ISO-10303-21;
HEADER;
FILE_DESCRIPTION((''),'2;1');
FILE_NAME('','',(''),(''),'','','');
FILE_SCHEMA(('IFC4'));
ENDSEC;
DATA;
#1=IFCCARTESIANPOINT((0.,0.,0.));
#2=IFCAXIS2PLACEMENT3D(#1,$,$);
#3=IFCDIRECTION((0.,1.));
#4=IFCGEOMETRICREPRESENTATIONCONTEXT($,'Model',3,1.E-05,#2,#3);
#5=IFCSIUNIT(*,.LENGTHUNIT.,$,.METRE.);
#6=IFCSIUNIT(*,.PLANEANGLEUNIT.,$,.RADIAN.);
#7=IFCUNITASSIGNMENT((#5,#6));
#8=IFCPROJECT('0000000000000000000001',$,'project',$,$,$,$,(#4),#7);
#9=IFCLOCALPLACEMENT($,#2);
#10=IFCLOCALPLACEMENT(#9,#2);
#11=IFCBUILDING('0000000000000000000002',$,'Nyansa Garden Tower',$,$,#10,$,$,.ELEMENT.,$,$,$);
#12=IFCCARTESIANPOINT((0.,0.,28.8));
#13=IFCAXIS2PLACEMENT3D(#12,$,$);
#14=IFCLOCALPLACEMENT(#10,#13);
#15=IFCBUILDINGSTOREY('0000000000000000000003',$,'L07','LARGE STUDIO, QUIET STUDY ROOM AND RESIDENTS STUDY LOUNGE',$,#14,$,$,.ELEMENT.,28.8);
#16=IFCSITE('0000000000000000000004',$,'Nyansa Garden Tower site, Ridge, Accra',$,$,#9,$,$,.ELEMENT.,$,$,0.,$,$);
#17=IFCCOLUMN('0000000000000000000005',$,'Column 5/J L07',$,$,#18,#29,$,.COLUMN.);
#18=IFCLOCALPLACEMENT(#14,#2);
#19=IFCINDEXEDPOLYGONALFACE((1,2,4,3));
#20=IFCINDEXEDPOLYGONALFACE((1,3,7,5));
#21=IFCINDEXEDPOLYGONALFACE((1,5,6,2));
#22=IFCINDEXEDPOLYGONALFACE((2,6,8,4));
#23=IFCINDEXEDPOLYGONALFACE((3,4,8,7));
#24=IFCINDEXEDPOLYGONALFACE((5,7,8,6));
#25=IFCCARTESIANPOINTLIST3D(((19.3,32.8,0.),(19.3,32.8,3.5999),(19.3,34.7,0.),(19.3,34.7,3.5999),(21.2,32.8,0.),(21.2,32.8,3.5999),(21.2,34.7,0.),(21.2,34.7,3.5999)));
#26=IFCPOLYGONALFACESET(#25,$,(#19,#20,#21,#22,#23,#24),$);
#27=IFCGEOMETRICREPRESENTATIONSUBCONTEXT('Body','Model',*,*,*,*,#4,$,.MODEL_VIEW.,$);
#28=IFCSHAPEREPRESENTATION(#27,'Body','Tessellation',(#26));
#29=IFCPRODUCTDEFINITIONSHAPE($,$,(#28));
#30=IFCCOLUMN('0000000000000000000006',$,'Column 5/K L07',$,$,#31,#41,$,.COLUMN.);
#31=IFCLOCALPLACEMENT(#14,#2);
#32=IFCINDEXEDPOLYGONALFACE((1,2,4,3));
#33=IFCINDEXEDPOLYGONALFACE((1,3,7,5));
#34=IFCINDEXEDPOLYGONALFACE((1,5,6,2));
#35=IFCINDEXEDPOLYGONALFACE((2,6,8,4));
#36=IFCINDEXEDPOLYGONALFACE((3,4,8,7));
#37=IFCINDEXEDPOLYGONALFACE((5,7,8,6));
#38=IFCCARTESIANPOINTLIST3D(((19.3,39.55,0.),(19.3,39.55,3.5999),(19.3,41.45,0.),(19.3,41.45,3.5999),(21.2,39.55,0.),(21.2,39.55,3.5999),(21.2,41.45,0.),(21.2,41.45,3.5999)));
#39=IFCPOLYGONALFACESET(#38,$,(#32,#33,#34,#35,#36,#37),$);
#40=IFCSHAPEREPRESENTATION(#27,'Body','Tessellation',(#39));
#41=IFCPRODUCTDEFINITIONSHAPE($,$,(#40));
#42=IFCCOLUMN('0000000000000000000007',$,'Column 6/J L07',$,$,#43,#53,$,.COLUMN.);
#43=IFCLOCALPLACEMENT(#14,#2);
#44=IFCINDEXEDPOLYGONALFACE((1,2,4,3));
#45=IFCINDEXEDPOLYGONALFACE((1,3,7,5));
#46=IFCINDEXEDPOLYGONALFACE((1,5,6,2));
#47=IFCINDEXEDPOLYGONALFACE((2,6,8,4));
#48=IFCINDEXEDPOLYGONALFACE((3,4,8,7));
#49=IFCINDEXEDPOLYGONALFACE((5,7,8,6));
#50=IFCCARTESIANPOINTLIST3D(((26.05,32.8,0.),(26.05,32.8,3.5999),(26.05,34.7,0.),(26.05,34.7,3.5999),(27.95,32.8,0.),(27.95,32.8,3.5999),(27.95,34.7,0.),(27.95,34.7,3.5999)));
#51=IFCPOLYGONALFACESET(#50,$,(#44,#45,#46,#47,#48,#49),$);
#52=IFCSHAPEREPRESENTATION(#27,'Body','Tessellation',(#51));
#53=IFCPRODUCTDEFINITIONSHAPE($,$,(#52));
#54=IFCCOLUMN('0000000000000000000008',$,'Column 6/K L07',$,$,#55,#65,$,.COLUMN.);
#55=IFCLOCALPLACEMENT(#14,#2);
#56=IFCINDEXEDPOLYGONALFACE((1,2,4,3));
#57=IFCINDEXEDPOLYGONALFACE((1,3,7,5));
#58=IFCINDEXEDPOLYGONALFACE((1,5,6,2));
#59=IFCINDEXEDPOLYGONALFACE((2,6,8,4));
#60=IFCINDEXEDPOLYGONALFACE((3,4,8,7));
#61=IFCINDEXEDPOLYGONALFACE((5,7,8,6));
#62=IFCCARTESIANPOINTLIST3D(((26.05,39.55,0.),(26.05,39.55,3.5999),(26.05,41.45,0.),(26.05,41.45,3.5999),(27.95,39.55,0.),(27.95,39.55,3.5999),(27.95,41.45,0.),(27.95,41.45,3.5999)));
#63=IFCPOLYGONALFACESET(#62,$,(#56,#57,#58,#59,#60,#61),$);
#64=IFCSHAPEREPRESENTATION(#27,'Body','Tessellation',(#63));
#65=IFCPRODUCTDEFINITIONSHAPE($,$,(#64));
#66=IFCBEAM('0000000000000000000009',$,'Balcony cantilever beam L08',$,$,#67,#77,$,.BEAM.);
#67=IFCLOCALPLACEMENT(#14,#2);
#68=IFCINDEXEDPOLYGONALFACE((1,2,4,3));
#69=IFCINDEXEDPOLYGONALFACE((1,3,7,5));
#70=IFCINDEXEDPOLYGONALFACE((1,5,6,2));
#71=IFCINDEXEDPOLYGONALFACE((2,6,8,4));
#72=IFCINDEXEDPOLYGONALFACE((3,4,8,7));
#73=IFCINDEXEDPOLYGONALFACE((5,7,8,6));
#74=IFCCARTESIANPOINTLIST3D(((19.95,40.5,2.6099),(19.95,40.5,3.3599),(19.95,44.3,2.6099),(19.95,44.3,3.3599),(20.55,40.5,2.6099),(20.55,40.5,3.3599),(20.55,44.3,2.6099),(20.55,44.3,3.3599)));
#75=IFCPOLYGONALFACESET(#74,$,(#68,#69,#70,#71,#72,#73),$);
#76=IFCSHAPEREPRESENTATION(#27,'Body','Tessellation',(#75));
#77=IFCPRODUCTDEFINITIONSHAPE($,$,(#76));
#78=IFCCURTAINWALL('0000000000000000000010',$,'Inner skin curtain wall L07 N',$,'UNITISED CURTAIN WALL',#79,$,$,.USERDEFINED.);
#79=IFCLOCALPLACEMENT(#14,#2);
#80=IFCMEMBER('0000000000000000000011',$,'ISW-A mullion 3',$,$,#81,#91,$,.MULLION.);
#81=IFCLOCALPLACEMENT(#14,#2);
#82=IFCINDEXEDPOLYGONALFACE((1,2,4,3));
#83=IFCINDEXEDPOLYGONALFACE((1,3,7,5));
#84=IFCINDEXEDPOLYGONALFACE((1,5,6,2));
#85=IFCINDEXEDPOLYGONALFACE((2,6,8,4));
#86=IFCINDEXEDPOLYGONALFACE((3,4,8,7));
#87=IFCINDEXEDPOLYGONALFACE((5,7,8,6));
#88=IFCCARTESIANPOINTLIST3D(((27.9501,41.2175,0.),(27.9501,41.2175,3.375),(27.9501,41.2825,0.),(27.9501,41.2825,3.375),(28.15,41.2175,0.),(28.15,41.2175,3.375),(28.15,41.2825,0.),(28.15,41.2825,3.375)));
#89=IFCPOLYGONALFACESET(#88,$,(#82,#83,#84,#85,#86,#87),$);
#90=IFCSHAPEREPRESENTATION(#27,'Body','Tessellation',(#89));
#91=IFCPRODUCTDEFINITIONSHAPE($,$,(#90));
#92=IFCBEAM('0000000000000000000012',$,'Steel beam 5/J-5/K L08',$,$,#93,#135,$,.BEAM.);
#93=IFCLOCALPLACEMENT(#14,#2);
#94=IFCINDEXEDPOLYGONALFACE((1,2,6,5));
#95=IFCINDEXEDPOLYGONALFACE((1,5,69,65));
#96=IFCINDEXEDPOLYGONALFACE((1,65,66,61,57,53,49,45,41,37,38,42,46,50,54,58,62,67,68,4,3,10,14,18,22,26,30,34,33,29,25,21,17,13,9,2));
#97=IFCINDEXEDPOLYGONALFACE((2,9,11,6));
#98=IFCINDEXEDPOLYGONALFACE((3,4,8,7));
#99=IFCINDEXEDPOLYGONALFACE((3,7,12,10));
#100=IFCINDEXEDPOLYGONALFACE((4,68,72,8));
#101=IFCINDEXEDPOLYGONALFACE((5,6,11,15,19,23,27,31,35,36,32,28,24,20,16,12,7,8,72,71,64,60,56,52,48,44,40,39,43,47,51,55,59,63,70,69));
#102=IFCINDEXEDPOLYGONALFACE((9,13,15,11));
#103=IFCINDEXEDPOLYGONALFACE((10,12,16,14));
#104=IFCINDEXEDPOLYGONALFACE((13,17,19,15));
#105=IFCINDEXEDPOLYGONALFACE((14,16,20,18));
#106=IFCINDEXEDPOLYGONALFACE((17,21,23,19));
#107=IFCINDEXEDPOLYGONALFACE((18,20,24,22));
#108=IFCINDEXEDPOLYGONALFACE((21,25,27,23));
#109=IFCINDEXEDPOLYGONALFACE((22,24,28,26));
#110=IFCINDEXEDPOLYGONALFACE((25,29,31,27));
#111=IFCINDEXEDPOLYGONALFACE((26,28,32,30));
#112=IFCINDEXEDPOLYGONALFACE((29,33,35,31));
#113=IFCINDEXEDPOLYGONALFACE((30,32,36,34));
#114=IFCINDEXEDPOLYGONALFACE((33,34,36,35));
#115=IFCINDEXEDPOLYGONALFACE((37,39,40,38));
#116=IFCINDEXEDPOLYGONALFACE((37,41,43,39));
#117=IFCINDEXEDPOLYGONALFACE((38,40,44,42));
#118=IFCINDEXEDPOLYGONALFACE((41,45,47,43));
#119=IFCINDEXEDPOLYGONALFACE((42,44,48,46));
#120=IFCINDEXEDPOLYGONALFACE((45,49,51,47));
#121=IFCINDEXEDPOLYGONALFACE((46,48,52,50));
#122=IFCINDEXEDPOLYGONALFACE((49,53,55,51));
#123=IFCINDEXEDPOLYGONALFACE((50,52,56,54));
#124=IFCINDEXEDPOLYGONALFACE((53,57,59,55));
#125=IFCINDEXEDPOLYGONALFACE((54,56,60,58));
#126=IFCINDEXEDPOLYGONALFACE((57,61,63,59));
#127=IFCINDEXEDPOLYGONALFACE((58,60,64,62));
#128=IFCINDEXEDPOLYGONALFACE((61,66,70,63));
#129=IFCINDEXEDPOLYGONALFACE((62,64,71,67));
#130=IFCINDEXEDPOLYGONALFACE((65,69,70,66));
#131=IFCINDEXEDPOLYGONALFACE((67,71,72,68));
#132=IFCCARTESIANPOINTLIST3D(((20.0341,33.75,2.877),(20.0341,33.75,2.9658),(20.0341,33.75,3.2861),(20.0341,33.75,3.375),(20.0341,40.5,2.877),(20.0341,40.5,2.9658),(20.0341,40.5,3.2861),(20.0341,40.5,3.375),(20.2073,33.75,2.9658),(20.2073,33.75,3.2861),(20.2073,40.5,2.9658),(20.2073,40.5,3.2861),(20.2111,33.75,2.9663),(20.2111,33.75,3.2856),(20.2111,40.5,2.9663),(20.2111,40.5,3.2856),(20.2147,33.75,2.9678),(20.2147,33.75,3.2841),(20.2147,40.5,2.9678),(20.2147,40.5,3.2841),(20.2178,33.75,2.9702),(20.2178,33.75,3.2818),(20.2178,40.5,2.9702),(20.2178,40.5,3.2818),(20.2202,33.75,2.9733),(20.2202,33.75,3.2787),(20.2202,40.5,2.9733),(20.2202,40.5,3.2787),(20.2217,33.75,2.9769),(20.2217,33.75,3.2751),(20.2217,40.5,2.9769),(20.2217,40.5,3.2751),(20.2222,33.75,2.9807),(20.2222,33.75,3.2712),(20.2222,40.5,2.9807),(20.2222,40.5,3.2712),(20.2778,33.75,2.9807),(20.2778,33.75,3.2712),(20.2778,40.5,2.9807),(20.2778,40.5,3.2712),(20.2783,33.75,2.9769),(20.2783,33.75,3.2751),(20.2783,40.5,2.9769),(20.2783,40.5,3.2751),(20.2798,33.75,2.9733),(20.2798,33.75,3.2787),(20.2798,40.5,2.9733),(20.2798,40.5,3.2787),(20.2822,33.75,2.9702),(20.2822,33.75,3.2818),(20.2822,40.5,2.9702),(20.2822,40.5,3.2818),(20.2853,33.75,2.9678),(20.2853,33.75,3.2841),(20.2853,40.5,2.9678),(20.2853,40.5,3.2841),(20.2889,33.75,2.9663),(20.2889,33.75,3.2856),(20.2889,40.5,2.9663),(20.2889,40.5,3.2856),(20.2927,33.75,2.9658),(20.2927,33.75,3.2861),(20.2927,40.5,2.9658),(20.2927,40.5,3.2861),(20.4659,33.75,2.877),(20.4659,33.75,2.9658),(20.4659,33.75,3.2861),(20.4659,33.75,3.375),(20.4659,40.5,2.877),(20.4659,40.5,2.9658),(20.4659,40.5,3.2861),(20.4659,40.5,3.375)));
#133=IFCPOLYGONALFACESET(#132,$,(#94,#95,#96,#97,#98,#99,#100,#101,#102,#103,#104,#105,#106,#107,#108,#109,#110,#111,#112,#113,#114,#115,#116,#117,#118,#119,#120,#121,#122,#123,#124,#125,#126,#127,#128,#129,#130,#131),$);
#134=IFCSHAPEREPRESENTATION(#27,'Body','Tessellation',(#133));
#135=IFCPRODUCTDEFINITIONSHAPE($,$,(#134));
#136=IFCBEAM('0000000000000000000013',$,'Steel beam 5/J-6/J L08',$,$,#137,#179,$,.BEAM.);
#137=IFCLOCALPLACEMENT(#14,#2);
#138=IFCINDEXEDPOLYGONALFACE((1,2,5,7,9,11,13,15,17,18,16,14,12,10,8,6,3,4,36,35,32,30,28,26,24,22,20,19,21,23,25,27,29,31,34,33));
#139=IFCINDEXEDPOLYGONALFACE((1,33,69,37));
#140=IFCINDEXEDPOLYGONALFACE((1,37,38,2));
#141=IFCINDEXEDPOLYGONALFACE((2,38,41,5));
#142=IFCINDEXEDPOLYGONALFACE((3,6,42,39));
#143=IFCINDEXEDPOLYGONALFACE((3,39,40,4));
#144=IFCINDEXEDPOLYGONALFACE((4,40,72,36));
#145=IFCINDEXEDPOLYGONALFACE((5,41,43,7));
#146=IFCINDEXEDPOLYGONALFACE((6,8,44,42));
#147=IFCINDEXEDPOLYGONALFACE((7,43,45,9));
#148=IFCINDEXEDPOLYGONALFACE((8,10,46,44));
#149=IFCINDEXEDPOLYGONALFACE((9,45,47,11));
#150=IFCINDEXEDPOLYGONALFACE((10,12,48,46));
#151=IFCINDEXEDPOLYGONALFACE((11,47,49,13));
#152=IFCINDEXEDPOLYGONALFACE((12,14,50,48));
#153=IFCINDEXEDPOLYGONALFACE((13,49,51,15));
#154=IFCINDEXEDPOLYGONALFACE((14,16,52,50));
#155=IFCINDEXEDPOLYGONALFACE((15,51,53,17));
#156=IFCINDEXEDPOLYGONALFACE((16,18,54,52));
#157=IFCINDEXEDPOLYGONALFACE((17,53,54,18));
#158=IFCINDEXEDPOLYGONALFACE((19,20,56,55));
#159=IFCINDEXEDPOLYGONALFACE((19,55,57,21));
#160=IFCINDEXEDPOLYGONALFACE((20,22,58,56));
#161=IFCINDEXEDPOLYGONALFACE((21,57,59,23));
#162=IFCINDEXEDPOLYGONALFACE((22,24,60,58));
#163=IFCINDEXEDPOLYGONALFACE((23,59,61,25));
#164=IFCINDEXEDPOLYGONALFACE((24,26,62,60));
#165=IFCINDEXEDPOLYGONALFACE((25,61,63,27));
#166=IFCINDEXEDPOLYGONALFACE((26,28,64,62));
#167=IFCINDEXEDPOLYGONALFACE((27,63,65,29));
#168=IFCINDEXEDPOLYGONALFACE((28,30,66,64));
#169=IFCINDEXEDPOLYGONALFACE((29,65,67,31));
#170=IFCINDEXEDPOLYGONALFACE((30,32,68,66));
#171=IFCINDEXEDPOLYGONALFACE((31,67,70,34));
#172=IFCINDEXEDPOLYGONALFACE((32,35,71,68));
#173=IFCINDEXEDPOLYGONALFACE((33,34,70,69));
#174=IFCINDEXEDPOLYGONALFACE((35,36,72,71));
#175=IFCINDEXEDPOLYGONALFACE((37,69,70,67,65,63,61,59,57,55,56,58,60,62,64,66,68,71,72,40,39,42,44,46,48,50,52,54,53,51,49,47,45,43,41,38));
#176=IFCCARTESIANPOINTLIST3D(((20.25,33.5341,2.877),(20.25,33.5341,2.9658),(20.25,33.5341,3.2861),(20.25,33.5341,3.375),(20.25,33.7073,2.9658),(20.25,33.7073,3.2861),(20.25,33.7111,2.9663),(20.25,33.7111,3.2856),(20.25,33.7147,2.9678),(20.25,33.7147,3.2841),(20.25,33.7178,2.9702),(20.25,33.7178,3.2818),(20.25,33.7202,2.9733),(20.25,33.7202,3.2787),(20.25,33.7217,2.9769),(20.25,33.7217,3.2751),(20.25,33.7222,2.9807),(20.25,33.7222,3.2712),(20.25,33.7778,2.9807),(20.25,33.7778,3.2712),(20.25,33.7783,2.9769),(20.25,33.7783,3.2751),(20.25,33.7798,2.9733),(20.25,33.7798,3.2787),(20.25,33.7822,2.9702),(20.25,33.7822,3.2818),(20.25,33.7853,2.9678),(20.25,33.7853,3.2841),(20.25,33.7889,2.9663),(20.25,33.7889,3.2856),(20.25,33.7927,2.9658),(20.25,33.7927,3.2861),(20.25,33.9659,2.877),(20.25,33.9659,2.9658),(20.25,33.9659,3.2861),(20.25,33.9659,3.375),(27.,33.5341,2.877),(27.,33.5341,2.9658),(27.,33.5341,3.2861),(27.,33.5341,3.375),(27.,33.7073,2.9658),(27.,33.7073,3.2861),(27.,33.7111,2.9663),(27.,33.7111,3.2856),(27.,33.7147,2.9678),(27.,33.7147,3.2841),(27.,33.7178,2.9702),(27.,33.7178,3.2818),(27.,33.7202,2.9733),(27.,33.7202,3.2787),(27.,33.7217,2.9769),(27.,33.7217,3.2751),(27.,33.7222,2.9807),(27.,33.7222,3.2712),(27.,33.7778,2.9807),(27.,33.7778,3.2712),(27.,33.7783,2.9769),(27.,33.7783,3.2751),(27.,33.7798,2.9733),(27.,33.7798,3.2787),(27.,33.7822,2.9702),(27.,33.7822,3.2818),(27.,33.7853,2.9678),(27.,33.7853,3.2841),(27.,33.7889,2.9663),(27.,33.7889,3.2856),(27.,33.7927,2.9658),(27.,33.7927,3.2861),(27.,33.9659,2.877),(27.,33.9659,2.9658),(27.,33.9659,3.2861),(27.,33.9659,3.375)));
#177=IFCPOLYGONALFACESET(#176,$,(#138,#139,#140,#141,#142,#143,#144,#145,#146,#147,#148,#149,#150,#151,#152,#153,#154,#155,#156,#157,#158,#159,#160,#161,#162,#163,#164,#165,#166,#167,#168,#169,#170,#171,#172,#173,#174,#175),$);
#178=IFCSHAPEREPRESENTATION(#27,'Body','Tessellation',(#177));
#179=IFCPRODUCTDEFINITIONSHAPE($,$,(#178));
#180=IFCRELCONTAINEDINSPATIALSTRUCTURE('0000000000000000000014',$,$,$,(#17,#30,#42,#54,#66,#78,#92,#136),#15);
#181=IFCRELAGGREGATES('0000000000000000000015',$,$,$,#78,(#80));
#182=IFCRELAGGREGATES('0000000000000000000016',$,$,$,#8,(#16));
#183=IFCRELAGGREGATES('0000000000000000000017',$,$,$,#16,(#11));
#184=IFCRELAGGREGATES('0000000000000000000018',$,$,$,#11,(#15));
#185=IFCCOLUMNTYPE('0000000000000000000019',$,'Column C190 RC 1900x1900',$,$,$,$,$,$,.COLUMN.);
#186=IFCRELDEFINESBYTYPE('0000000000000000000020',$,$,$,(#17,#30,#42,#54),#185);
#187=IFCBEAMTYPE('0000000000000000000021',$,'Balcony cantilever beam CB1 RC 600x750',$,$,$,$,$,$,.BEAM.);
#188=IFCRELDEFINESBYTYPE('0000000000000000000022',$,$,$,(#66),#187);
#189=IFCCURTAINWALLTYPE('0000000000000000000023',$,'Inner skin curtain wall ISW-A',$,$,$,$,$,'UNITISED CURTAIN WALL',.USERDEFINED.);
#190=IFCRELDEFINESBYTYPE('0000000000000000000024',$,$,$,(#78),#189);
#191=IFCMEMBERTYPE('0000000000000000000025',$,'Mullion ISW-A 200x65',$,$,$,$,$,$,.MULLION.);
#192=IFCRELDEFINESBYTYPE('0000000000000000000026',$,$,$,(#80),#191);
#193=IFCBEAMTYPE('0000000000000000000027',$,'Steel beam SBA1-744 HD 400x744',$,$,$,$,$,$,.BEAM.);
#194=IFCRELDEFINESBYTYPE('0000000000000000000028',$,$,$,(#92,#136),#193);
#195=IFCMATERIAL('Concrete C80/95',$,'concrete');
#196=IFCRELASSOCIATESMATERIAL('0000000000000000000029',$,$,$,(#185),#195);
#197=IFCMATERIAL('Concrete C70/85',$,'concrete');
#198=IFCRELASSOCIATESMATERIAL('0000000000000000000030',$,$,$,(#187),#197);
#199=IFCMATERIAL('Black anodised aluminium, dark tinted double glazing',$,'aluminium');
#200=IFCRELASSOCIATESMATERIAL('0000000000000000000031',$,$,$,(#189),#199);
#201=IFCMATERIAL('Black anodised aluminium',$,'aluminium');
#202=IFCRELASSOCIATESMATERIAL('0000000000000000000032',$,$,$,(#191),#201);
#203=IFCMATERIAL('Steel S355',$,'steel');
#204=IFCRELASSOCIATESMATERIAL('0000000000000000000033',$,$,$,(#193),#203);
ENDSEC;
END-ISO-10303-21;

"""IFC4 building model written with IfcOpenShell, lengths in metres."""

from ifc_helpers import new_model, si_unit, direction, frame, origin, origin_2d, place, context, subcontext, project, spatial, rectangle, i_section, extrude, material, material_profile, profile_set, type_object, element, aggregate, save


model = new_model("IFC4")

# Units and contexts
model_context = context("Model", 3, precision=1e-05, world=origin(), true_north=direction((0.0, 1.0)))
body_context = subcontext(model_context, "Body", "Model", "MODEL_VIEW")
ifc_project = project(units=[si_unit("LENGTHUNIT", "METRE"), si_unit("PLANEANGLEUNIT", "RADIAN")], contexts=[model_context])

# Site, building, storey
site_placement = place(None, origin())
site = spatial("IfcSite", under=ifc_project, at=site_placement, Name="Nyansa Garden Tower site, Ridge, Accra", CompositionType="ELEMENT", RefElevation=0.0)
building_placement = place(site_placement, origin())
building = spatial("IfcBuilding", under=site, at=building_placement, Name="Nyansa Garden Tower", CompositionType="ELEMENT")
storey_placement = place(building_placement, frame((0.0, 0.0, 28.8)))
storey = spatial("IfcBuildingStorey", under=building, at=storey_placement, Name="L07", Description="LARGE STUDIO, QUIET STUDY ROOM AND RESIDENTS STUDY LOUNGE", CompositionType="ELEMENT", Elevation=28.8)

# Columns
ifc_material_1 = material(Name="Concrete C80/95", Category="concrete")
ifc_material_profile_1 = material_profile(ifc_material_1, rectangle(XDim=1.8999, YDim=1.8999, at=origin_2d()), Name="RC 1900x1900")
ifc_profile_set_1 = profile_set([ifc_material_profile_1], Name="Concrete C80/95")
column_type = type_object("IfcColumnType", Name="Column C190 RC 1900x1900", PredefinedType="COLUMN", material=ifc_profile_set_1)
for number, where, z_axis, x_axis, name in (
    (1, (20.25, 33.75, 0.0), (0.0, 0.0, 1.0), (1.0, 0.0, 0.0), "Column 5/J L07"),
    (2, (20.25, 40.5, 0.0), (0.0, 0.0, 1.0), (1.0, 0.0, 0.0), "Column 5/K L07"),
    (3, (27.0, 33.75, 0.0), (0.0, 0.0, 1.0), (1.0, 0.0, 0.0), "Column 6/J L07"),
    (4, (27.0, 40.5, 0.0), (0.0, 0.0, 1.0), (1.0, 0.0, 0.0), "Column 6/K L07"),
):
    element("IfcColumn", number, at=place(storey_placement, frame(where, z_axis=z_axis, x_axis=x_axis)), inside=storey, type_object=column_type, Name=name, PredefinedType="COLUMN", context=body_context, shape_type="SweptSolid", body=[
        extrude(rectangle(XDim=1.8999, YDim=1.8999, at=origin_2d()), origin(), (0.0, 0.0, 1.0), 3.5999),
    ])

# Beam
ifc_material_2 = material(Name="Concrete C70/85", Category="concrete")
ifc_material_profile_2 = material_profile(ifc_material_2, rectangle(XDim=0.6001, YDim=0.75, at=origin_2d()), Name="RC 600x750")
ifc_profile_set_2 = profile_set([ifc_material_profile_2], Name="Concrete C70/85")
beam_type_1 = type_object("IfcBeamType", Name="Balcony cantilever beam CB1 RC 600x750", PredefinedType="BEAM", material=ifc_profile_set_2)
beam_placement = place(storey_placement, frame((20.25, 40.5, 2.9849), z_axis=(0.0, 1.0, 0.0), x_axis=(-1.0, 0.0, 0.0)))
element("IfcBeam", 5, at=beam_placement, inside=storey, type_object=beam_type_1, Name="Balcony cantilever beam L08", PredefinedType="BEAM", context=body_context, shape_type="SweptSolid", body=[
    extrude(rectangle(XDim=0.6001, YDim=0.75, at=origin_2d()), origin(), (0.0, 0.0, 1.0), 3.8),
])

# Curtain wall, member
ifc_material_3 = material(Name="Black anodised aluminium, dark tinted double glazing", Category="aluminium")
curtain_wall_type = type_object("IfcCurtainWallType", Name="Inner skin curtain wall ISW-A", ElementType="UNITISED CURTAIN WALL", PredefinedType="USERDEFINED", material=ifc_material_3)
curtain_wall_placement = place(storey_placement, origin())
curtain_wall = element("IfcCurtainWall", 6, at=curtain_wall_placement, inside=storey, type_object=curtain_wall_type, Name="Inner skin curtain wall L07 N", ObjectType="UNITISED CURTAIN WALL", PredefinedType="USERDEFINED")
ifc_material_4 = material(Name="Black anodised aluminium", Category="aluminium")
ifc_material_profile_3 = material_profile(ifc_material_4, rectangle(XDim=0.0649, YDim=0.2, at=origin_2d()), Name="Mullion 200x65")
ifc_profile_set_3 = profile_set([ifc_material_profile_3], Name="Black anodised aluminium")
member_type_1 = type_object("IfcMemberType", Name="Mullion ISW-A 200x65", PredefinedType="MULLION", material=ifc_profile_set_3)
member_1_placement = place(storey_placement, frame((28.05, 41.25, 0.0), z_axis=(0.0, 0.0, 1.0), x_axis=(0.0, -1.0, 0.0)))
member_1 = element("IfcMember", 7, at=member_1_placement, type_object=member_type_1, Name="ISW-A mullion 3", PredefinedType="MULLION", context=body_context, shape_type="SweptSolid", body=[
    extrude(rectangle(XDim=0.0649, YDim=0.2, at=origin_2d()), origin(), (0.0, 0.0, 1.0), 3.375),
])

# Beams
ifc_material_5 = material(Name="Steel S355", Category="steel")
ifc_material_profile_4 = material_profile(ifc_material_5, i_section(OverallWidth=0.4319, OverallDepth=0.498, WebThickness=0.0557, FlangeThickness=0.0889, FilletRadius=0.0149, at=origin_2d()), Name="HD 400x744")
ifc_profile_set_4 = profile_set([ifc_material_profile_4], Name="Steel S355")
beam_type_2 = type_object("IfcBeamType", Name="Steel beam SBA1-744 HD 400x744", PredefinedType="BEAM", material=ifc_profile_set_4)
for number, where, z_axis, x_axis, name in (
    (8, (20.25, 33.75, 3.126), (0.0, 1.0, 0.0), (-1.0, 0.0, 0.0), "Steel beam 5/J-5/K L08"),
    (9, (20.25, 33.75, 3.126), (1.0, 0.0, 0.0), (0.0, 1.0, 0.0), "Steel beam 5/J-6/J L08"),
):
    element("IfcBeam", number, at=place(storey_placement, frame(where, z_axis=z_axis, x_axis=x_axis)), inside=storey, type_object=beam_type_2, Name=name, PredefinedType="BEAM", context=body_context, shape_type="SweptSolid", body=[
        extrude(i_section(OverallWidth=0.4319, OverallDepth=0.498, WebThickness=0.0557, FlangeThickness=0.0889, FilletRadius=0.0149, at=origin_2d()), origin(), (0.0, 0.0, 1.0), 6.75),
    ])

aggregate(curtain_wall, [member_1])

save(model, "model.ifc")
